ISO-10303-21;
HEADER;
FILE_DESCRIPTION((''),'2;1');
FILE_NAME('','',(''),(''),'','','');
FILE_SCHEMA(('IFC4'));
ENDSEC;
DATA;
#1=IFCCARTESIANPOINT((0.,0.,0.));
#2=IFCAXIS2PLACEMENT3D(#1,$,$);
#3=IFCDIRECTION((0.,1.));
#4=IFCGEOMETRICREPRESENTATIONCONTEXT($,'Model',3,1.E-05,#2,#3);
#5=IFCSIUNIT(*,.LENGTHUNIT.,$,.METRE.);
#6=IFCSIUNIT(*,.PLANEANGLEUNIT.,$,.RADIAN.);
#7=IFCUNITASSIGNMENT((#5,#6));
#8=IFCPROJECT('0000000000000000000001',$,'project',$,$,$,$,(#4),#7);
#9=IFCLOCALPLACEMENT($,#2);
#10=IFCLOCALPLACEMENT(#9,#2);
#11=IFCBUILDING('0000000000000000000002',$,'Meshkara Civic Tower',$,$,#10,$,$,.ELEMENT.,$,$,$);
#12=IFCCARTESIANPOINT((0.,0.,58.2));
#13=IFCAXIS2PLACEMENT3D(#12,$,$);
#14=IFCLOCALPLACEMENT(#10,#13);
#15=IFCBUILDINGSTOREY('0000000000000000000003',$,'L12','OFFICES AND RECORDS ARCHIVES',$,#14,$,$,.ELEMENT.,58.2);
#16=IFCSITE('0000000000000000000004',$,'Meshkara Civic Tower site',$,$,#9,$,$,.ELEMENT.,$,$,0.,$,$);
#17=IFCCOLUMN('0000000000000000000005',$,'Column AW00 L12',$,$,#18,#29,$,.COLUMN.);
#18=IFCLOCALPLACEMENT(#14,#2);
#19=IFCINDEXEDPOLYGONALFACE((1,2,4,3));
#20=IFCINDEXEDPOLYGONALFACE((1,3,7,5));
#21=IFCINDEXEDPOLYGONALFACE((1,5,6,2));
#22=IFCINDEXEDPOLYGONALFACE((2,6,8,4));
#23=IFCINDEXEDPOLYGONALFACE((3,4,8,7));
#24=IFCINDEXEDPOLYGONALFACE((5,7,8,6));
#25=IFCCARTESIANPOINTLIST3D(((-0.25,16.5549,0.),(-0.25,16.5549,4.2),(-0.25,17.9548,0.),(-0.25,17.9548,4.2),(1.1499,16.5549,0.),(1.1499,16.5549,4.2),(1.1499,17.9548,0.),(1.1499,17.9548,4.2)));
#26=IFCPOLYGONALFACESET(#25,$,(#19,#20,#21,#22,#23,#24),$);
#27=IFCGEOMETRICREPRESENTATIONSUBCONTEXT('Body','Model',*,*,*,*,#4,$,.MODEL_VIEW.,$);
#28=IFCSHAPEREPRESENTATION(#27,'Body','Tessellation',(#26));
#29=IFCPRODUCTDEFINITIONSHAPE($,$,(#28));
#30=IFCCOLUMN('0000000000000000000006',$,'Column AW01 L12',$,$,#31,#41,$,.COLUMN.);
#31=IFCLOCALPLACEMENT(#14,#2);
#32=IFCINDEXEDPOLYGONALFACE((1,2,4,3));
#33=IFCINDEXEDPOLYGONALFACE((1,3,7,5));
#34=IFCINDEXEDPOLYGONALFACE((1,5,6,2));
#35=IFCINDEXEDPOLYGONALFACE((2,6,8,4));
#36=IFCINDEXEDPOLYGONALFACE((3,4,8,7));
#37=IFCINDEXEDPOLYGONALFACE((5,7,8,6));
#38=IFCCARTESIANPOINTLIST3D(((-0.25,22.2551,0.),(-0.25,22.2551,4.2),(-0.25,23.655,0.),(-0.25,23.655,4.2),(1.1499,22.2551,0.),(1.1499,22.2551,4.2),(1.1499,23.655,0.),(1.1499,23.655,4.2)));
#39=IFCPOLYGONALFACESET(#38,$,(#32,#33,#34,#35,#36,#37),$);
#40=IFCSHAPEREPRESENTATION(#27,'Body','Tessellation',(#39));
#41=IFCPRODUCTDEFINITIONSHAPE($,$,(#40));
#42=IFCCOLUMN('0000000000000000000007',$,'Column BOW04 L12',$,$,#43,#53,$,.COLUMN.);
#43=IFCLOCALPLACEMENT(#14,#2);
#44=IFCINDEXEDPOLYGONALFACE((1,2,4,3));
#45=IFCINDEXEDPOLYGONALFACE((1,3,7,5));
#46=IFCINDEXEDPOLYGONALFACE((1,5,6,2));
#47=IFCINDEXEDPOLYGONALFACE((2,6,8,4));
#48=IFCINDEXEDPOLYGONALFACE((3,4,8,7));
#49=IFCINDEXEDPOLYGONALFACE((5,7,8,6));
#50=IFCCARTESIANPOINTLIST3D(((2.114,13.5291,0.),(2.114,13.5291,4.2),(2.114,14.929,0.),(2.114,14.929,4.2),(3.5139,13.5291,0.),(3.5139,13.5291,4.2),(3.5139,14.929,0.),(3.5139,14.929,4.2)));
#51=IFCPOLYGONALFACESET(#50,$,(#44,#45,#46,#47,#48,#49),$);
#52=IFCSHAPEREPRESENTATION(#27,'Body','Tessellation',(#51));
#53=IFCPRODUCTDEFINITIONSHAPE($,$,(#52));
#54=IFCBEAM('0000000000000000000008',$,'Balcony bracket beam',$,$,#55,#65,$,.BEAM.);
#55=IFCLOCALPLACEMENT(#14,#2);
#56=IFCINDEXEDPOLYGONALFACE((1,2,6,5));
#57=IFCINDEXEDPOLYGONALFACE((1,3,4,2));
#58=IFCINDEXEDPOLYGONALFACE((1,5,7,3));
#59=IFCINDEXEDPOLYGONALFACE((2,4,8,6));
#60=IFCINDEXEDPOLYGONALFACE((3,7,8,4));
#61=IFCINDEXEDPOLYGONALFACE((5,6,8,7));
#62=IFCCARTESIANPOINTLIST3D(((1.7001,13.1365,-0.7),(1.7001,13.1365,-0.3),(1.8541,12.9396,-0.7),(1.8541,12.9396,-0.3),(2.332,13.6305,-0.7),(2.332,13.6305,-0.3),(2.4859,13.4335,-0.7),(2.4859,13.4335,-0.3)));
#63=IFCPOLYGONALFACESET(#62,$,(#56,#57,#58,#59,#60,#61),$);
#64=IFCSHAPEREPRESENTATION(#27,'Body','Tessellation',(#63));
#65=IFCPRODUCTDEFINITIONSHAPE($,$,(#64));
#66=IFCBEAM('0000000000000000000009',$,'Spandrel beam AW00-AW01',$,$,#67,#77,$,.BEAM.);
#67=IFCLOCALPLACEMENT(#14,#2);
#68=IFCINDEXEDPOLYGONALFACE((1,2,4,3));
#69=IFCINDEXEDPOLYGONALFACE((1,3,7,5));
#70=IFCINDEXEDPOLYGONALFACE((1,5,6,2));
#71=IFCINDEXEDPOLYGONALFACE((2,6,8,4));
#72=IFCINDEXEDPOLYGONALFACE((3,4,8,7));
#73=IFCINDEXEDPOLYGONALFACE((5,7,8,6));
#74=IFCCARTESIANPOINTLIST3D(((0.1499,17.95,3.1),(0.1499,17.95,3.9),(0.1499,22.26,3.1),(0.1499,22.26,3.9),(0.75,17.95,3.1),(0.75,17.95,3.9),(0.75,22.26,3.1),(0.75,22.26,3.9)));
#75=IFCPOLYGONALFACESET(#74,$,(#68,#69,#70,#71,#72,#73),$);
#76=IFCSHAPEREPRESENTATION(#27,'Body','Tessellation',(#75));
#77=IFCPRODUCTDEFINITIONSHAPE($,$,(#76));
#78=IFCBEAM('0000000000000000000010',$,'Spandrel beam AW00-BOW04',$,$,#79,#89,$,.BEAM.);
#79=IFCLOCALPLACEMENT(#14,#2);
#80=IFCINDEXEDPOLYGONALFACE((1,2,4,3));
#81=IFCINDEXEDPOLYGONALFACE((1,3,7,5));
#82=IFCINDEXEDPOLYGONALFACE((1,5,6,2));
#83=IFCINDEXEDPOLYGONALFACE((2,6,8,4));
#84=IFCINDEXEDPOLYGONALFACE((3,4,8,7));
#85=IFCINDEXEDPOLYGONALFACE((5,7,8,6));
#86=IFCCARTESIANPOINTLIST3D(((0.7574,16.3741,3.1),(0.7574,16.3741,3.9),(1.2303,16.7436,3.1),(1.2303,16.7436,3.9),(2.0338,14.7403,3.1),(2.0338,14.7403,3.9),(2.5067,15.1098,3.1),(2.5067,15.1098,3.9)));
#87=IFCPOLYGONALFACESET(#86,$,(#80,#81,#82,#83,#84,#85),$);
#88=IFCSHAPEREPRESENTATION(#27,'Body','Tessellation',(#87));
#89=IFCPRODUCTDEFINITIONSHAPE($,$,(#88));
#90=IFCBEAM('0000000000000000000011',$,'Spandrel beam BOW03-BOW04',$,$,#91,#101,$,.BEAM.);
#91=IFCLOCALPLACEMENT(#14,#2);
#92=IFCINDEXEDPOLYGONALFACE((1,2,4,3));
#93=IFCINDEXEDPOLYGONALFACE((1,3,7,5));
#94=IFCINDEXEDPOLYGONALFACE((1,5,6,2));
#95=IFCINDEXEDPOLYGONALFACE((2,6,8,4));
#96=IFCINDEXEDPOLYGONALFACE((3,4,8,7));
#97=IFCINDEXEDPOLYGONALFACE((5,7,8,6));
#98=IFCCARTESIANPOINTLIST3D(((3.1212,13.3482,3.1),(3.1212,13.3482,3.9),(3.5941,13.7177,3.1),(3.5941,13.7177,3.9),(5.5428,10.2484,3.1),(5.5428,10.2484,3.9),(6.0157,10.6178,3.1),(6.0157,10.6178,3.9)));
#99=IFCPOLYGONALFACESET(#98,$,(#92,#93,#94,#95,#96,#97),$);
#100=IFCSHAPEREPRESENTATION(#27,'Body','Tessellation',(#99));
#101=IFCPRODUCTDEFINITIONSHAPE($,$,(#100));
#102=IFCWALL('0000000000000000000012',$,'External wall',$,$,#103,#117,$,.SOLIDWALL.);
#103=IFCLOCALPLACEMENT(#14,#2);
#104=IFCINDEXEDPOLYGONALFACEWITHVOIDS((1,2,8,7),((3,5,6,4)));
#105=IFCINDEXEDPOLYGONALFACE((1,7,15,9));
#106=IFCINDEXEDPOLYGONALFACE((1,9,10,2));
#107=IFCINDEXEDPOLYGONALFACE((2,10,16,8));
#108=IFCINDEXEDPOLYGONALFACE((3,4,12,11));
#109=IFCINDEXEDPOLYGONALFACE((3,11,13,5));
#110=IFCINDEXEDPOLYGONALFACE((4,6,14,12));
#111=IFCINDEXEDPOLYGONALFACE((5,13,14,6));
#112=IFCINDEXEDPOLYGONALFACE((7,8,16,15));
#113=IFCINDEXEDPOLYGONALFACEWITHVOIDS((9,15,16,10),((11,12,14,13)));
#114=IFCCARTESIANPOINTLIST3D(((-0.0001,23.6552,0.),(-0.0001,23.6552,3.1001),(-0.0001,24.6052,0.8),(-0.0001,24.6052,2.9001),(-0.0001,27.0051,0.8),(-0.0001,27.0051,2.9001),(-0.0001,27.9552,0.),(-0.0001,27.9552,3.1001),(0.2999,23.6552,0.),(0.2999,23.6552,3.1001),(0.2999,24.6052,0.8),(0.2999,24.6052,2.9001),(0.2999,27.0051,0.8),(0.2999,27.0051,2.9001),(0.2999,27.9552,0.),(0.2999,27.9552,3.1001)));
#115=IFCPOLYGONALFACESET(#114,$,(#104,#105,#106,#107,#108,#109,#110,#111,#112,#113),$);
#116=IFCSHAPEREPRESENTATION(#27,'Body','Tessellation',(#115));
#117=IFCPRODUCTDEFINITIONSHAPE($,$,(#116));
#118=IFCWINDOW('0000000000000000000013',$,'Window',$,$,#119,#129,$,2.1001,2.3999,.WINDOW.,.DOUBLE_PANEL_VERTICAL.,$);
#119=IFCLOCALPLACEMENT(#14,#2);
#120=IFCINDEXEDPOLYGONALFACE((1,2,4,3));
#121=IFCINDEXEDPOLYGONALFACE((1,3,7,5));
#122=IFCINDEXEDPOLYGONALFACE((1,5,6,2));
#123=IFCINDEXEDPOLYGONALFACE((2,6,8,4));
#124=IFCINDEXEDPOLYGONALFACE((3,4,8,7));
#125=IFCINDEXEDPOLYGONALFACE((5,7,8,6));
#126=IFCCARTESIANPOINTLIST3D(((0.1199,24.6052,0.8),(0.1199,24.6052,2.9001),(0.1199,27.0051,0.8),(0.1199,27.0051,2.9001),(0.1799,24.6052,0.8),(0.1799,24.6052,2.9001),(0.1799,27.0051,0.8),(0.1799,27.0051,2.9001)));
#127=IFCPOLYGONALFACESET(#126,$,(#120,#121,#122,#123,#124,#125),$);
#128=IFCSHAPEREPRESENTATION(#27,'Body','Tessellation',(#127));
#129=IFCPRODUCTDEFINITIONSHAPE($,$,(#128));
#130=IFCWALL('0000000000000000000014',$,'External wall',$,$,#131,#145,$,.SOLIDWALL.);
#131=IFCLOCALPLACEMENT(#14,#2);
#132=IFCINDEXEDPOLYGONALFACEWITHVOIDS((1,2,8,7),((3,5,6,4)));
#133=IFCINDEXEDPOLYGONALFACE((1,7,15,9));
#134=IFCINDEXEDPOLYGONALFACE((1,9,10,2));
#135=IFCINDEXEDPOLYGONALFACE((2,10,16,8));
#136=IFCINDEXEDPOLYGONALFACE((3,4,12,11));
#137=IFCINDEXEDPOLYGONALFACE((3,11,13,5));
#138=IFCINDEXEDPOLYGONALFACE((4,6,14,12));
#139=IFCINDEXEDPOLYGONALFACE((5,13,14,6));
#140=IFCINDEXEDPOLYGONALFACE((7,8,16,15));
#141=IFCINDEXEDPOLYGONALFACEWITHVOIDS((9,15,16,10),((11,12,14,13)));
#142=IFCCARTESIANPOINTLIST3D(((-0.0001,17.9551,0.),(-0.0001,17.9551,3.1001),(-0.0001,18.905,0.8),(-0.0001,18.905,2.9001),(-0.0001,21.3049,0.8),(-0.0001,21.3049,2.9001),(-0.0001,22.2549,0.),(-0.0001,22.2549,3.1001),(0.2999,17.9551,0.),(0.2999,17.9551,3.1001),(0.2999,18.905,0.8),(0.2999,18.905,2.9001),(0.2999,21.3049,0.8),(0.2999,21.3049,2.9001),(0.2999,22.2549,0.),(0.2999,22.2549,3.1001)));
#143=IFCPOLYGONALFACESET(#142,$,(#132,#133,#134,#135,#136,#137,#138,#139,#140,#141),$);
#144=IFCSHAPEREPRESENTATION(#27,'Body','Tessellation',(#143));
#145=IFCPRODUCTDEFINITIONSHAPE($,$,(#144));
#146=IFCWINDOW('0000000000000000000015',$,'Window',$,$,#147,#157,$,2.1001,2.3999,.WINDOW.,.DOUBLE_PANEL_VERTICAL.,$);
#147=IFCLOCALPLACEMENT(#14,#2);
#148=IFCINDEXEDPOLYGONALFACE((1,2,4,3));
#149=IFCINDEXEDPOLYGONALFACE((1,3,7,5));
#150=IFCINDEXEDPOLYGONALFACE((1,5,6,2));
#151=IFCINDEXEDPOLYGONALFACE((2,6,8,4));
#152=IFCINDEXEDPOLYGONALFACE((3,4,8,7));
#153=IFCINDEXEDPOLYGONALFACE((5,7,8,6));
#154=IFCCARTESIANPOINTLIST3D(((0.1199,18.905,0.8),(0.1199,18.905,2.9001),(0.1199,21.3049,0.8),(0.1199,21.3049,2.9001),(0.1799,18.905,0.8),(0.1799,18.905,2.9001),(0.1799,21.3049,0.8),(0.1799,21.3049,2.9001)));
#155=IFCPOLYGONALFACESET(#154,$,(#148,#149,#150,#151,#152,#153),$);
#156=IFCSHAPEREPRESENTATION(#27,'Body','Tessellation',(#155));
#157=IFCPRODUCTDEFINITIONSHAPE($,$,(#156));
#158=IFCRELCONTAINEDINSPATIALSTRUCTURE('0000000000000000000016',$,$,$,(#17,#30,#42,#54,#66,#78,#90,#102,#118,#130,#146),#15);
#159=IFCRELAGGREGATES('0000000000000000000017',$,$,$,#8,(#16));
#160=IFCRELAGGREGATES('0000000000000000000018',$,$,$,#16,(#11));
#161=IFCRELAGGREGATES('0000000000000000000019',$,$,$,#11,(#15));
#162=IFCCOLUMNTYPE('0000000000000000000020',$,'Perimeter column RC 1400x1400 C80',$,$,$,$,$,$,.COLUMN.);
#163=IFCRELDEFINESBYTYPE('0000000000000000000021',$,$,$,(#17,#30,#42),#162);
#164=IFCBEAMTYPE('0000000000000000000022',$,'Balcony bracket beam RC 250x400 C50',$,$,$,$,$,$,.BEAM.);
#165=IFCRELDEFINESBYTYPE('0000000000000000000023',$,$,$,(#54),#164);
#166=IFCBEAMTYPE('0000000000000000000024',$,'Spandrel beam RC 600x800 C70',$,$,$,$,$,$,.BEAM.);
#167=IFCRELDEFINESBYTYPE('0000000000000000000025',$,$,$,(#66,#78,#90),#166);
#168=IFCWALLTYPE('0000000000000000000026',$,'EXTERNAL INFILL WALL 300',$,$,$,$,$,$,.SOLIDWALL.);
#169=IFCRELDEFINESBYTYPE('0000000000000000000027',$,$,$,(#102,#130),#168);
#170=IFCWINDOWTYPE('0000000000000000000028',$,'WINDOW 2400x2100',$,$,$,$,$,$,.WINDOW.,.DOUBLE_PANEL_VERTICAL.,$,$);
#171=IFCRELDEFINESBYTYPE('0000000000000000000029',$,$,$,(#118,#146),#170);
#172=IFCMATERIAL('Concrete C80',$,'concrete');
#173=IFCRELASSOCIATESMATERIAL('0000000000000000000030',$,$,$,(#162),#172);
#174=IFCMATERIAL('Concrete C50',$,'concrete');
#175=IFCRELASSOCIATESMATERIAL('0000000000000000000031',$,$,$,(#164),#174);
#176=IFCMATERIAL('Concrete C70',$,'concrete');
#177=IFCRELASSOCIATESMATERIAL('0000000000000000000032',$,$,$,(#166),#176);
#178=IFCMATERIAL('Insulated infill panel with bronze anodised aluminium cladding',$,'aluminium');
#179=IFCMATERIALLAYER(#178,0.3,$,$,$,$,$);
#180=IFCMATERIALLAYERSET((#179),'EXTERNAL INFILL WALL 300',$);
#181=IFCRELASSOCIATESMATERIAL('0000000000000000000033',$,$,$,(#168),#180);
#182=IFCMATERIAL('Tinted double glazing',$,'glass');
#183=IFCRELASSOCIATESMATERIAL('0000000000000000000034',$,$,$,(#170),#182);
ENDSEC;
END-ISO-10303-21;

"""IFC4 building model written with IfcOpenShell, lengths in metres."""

from ifc_helpers import new_model, si_unit, direction, frame, frame_2d, origin, origin_2d, place, context, subcontext, project, spatial, rectangle, extrude, material, layer, layer_set, material_profile, profile_set, type_object, element, fill, save


model = new_model("IFC4")

# Units and contexts
model_context = context("Model", 3, precision=1e-05, world=origin(), true_north=direction((0.0, 1.0)))
body_context = subcontext(model_context, "Body", "Model", "MODEL_VIEW")
ifc_project = project(units=[si_unit("LENGTHUNIT", "METRE"), si_unit("PLANEANGLEUNIT", "RADIAN")], contexts=[model_context])

# Site, building, storey
site_placement = place(None, origin())
site = spatial("IfcSite", under=ifc_project, at=site_placement, Name="Meshkara Civic Tower site", CompositionType="ELEMENT", RefElevation=0.0)
building_placement = place(site_placement, origin())
building = spatial("IfcBuilding", under=site, at=building_placement, Name="Meshkara Civic Tower", CompositionType="ELEMENT")
storey_placement = place(building_placement, frame((0.0, 0.0, 58.2)))
storey = spatial("IfcBuildingStorey", under=building, at=storey_placement, Name="L12", Description="OFFICES AND RECORDS ARCHIVES", CompositionType="ELEMENT", Elevation=58.2)

# Columns
ifc_material_1 = material(Name="Concrete C80", Category="concrete")
ifc_material_profile_1 = material_profile(ifc_material_1, rectangle(XDim=1.3999, YDim=1.3999, at=origin_2d()))
ifc_profile_set_1 = profile_set([ifc_material_profile_1], Name="Concrete C80")
column_type = type_object("IfcColumnType", Name="Perimeter column RC 1400x1400 C80", PredefinedType="COLUMN", material=ifc_profile_set_1)
for number, where, z_axis, x_axis, name in (
    (1, (0.45, 17.2549, 0.0), (0.0, 0.0, 1.0), (1.0, 0.0, 0.0), "Column AW00 L12"),
    (2, (0.45, 22.9551, 0.0), (0.0, 0.0, 1.0), (1.0, 0.0, 0.0), "Column AW01 L12"),
    (3, (2.814, 14.229, 0.0), (0.0, 0.0, 1.0), (1.0, 0.0, 0.0), "Column BOW04 L12"),
):
    element("IfcColumn", number, at=place(storey_placement, frame(where, z_axis=z_axis, x_axis=x_axis)), inside=storey, type_object=column_type, Name=name, PredefinedType="COLUMN", context=body_context, shape_type="SweptSolid", body=[
        extrude(rectangle(XDim=1.3999, YDim=1.3999, at=origin_2d()), origin(), (0.0, 0.0, 1.0), 4.2),
    ])

# Beams
ifc_material_2 = material(Name="Concrete C50", Category="concrete")
ifc_material_profile_2 = material_profile(ifc_material_2, rectangle(XDim=0.25, YDim=0.3999, at=origin_2d()))
ifc_profile_set_2 = profile_set([ifc_material_profile_2], Name="Concrete C50")
beam_type_1 = type_object("IfcBeamType", Name="Balcony bracket beam RC 250x400 C50", PredefinedType="BEAM", material=ifc_profile_set_2)
beam_1_placement = place(storey_placement, frame((2.4089, 13.532, -0.5), z_axis=(-0.787858, -0.615857, 0.0), x_axis=(0.615857, -0.787858, 0.0)))
element("IfcBeam", 4, at=beam_1_placement, inside=storey, type_object=beam_type_1, Name="Balcony bracket beam", PredefinedType="BEAM", context=body_context, shape_type="SweptSolid", body=[
    extrude(rectangle(XDim=0.25, YDim=0.3999, at=origin_2d()), origin(), (0.0, 0.0, 1.0), 0.802),
])
ifc_material_3 = material(Name="Concrete C70", Category="concrete")
ifc_material_profile_3 = material_profile(ifc_material_3, rectangle(XDim=0.6001, YDim=0.8, at=origin_2d()))
ifc_profile_set_3 = profile_set([ifc_material_profile_3], Name="Concrete C70")
beam_type_2 = type_object("IfcBeamType", Name="Spandrel beam RC 600x800 C70", PredefinedType="BEAM", material=ifc_profile_set_3)
beam_2_placement = place(storey_placement, frame((0.45, 22.26, 3.5), z_axis=(0.0, -1.0, 0.0), x_axis=(1.0, 0.0, 0.0)))
element("IfcBeam", 5, at=beam_2_placement, inside=storey, type_object=beam_type_2, Name="Spandrel beam AW00-AW01", PredefinedType="BEAM", context=body_context, shape_type="SweptSolid", body=[
    extrude(rectangle(XDim=0.6001, YDim=0.8, at=origin_2d()), origin(), (0.0, 0.0, 1.0), 4.3101),
])
beam_3_placement = place(storey_placement, frame((0.9939, 16.5588, 3.5), z_axis=(0.615635, -0.788032, 0.0), x_axis=(0.788032, 0.615635, 0.0)))
element("IfcBeam", 6, at=beam_3_placement, inside=storey, type_object=beam_type_2, Name="Spandrel beam AW00-BOW04", PredefinedType="BEAM", context=body_context, shape_type="SweptSolid", body=[
    extrude(rectangle(XDim=0.6001, YDim=0.8, at=origin_2d()), origin(), (0.0, 0.0, 1.0), 2.0732),
])
beam_4_placement = place(storey_placement, frame((3.3577, 13.533, 3.5), z_axis=(0.615624, -0.78804, 0.0), x_axis=(0.78804, 0.615624, 0.0)))
element("IfcBeam", 7, at=beam_4_placement, inside=storey, type_object=beam_type_2, Name="Spandrel beam BOW03-BOW04", PredefinedType="BEAM", context=body_context, shape_type="SweptSolid", body=[
    extrude(rectangle(XDim=0.6001, YDim=0.8, at=origin_2d()), origin(), (0.0, 0.0, 1.0), 3.9336),
])

# Walls, openings, windows
ifc_material_4 = material(Name="Insulated infill panel with bronze anodised aluminium cladding", Category="aluminium")
ifc_layer = layer(ifc_material_4, 0.3)
ifc_layer_set = layer_set([ifc_layer], Name="EXTERNAL INFILL WALL 300")
wall_type = type_object("IfcWallType", Name="EXTERNAL INFILL WALL 300", PredefinedType="SOLIDWALL", material=ifc_layer_set)
wall_1_placement = place(storey_placement, frame((0.1499, 27.9551, 0.0), z_axis=(0.0, 0.0, 1.0), x_axis=(0.0, -1.0, 0.0)))
wall_1 = element("IfcWall", 8, at=wall_1_placement, inside=storey, type_object=wall_type, Name="External wall", PredefinedType="SOLIDWALL", context=body_context, shape_type="SweptSolid", body=[
    extrude(rectangle(XDim=4.3, YDim=0.3, at=frame_2d((2.1499, 0.0))), origin(), (0.0, 0.0, 1.0), 3.1001),
])
opening_1_placement = place(wall_1_placement, frame((0.95, 0.0, 0.8)))
opening_1 = element("IfcOpeningElement", 9, at=opening_1_placement, cuts=wall_1, PredefinedType="OPENING", context=body_context, shape_type="SweptSolid", body=[
    extrude(rectangle(XDim=2.3999, YDim=2.1001, at=frame_2d((1.2, 1.05))), frame((0.0, 0.1599, 0.0), z_axis=(0.0, -1.0, 0.0), x_axis=(1.0, 0.0, 0.0)), (0.0, 0.0, 1.0), 0.3201),
])
ifc_material_5 = material(Name="Tinted double glazing", Category="glass")
window_type_1 = type_object("IfcWindowType", Name="WINDOW 2400x2100", PartitioningType="DOUBLE_PANEL_VERTICAL", PredefinedType="WINDOW", material=ifc_material_5)
window_1_placement = place(opening_1_placement, origin())
window_1 = element("IfcWindow", 10, at=window_1_placement, inside=storey, type_object=window_type_1, Name="Window", OverallHeight=2.1001, OverallWidth=2.3999, PartitioningType="DOUBLE_PANEL_VERTICAL", PredefinedType="WINDOW", context=body_context, shape_type="SweptSolid", body=[
    extrude(rectangle(XDim=2.3999, YDim=2.1001, at=frame_2d((1.2, 1.05))), frame((0.0, 0.03, 0.0), z_axis=(0.0, -1.0, 0.0), x_axis=(1.0, 0.0, 0.0)), (0.0, 0.0, 1.0), 0.0601),
])
fill(opening_1, window_1)
wall_2_placement = place(storey_placement, frame((0.1499, 22.2549, 0.0), z_axis=(0.0, 0.0, 1.0), x_axis=(0.0, -1.0, 0.0)))
wall_2 = element("IfcWall", 11, at=wall_2_placement, inside=storey, type_object=wall_type, Name="External wall", PredefinedType="SOLIDWALL", context=body_context, shape_type="SweptSolid", body=[
    extrude(rectangle(XDim=4.2998, YDim=0.3, at=frame_2d((2.1499, 0.0))), origin(), (0.0, 0.0, 1.0), 3.1001),
])
opening_2_placement = place(wall_2_placement, frame((0.95, 0.0, 0.8)))
opening_2 = element("IfcOpeningElement", 12, at=opening_2_placement, cuts=wall_2, PredefinedType="OPENING", context=body_context, shape_type="SweptSolid", body=[
    extrude(rectangle(XDim=2.3999, YDim=2.1001, at=frame_2d((1.2, 1.05))), frame((0.0, 0.1599, 0.0), z_axis=(0.0, -1.0, 0.0), x_axis=(1.0, 0.0, 0.0)), (0.0, 0.0, 1.0), 0.3201),
])
window_2_placement = place(opening_2_placement, origin())
window_2 = element("IfcWindow", 13, at=window_2_placement, inside=storey, type_object=window_type_1, Name="Window", OverallHeight=2.1001, OverallWidth=2.3999, PartitioningType="DOUBLE_PANEL_VERTICAL", PredefinedType="WINDOW", context=body_context, shape_type="SweptSolid", body=[
    extrude(rectangle(XDim=2.3999, YDim=2.1001, at=frame_2d((1.2, 1.05))), frame((0.0, 0.03, 0.0), z_axis=(0.0, -1.0, 0.0), x_axis=(1.0, 0.0, 0.0)), (0.0, 0.0, 1.0), 0.0601),
])
fill(opening_2, window_2)

save(model, "model.ifc")
